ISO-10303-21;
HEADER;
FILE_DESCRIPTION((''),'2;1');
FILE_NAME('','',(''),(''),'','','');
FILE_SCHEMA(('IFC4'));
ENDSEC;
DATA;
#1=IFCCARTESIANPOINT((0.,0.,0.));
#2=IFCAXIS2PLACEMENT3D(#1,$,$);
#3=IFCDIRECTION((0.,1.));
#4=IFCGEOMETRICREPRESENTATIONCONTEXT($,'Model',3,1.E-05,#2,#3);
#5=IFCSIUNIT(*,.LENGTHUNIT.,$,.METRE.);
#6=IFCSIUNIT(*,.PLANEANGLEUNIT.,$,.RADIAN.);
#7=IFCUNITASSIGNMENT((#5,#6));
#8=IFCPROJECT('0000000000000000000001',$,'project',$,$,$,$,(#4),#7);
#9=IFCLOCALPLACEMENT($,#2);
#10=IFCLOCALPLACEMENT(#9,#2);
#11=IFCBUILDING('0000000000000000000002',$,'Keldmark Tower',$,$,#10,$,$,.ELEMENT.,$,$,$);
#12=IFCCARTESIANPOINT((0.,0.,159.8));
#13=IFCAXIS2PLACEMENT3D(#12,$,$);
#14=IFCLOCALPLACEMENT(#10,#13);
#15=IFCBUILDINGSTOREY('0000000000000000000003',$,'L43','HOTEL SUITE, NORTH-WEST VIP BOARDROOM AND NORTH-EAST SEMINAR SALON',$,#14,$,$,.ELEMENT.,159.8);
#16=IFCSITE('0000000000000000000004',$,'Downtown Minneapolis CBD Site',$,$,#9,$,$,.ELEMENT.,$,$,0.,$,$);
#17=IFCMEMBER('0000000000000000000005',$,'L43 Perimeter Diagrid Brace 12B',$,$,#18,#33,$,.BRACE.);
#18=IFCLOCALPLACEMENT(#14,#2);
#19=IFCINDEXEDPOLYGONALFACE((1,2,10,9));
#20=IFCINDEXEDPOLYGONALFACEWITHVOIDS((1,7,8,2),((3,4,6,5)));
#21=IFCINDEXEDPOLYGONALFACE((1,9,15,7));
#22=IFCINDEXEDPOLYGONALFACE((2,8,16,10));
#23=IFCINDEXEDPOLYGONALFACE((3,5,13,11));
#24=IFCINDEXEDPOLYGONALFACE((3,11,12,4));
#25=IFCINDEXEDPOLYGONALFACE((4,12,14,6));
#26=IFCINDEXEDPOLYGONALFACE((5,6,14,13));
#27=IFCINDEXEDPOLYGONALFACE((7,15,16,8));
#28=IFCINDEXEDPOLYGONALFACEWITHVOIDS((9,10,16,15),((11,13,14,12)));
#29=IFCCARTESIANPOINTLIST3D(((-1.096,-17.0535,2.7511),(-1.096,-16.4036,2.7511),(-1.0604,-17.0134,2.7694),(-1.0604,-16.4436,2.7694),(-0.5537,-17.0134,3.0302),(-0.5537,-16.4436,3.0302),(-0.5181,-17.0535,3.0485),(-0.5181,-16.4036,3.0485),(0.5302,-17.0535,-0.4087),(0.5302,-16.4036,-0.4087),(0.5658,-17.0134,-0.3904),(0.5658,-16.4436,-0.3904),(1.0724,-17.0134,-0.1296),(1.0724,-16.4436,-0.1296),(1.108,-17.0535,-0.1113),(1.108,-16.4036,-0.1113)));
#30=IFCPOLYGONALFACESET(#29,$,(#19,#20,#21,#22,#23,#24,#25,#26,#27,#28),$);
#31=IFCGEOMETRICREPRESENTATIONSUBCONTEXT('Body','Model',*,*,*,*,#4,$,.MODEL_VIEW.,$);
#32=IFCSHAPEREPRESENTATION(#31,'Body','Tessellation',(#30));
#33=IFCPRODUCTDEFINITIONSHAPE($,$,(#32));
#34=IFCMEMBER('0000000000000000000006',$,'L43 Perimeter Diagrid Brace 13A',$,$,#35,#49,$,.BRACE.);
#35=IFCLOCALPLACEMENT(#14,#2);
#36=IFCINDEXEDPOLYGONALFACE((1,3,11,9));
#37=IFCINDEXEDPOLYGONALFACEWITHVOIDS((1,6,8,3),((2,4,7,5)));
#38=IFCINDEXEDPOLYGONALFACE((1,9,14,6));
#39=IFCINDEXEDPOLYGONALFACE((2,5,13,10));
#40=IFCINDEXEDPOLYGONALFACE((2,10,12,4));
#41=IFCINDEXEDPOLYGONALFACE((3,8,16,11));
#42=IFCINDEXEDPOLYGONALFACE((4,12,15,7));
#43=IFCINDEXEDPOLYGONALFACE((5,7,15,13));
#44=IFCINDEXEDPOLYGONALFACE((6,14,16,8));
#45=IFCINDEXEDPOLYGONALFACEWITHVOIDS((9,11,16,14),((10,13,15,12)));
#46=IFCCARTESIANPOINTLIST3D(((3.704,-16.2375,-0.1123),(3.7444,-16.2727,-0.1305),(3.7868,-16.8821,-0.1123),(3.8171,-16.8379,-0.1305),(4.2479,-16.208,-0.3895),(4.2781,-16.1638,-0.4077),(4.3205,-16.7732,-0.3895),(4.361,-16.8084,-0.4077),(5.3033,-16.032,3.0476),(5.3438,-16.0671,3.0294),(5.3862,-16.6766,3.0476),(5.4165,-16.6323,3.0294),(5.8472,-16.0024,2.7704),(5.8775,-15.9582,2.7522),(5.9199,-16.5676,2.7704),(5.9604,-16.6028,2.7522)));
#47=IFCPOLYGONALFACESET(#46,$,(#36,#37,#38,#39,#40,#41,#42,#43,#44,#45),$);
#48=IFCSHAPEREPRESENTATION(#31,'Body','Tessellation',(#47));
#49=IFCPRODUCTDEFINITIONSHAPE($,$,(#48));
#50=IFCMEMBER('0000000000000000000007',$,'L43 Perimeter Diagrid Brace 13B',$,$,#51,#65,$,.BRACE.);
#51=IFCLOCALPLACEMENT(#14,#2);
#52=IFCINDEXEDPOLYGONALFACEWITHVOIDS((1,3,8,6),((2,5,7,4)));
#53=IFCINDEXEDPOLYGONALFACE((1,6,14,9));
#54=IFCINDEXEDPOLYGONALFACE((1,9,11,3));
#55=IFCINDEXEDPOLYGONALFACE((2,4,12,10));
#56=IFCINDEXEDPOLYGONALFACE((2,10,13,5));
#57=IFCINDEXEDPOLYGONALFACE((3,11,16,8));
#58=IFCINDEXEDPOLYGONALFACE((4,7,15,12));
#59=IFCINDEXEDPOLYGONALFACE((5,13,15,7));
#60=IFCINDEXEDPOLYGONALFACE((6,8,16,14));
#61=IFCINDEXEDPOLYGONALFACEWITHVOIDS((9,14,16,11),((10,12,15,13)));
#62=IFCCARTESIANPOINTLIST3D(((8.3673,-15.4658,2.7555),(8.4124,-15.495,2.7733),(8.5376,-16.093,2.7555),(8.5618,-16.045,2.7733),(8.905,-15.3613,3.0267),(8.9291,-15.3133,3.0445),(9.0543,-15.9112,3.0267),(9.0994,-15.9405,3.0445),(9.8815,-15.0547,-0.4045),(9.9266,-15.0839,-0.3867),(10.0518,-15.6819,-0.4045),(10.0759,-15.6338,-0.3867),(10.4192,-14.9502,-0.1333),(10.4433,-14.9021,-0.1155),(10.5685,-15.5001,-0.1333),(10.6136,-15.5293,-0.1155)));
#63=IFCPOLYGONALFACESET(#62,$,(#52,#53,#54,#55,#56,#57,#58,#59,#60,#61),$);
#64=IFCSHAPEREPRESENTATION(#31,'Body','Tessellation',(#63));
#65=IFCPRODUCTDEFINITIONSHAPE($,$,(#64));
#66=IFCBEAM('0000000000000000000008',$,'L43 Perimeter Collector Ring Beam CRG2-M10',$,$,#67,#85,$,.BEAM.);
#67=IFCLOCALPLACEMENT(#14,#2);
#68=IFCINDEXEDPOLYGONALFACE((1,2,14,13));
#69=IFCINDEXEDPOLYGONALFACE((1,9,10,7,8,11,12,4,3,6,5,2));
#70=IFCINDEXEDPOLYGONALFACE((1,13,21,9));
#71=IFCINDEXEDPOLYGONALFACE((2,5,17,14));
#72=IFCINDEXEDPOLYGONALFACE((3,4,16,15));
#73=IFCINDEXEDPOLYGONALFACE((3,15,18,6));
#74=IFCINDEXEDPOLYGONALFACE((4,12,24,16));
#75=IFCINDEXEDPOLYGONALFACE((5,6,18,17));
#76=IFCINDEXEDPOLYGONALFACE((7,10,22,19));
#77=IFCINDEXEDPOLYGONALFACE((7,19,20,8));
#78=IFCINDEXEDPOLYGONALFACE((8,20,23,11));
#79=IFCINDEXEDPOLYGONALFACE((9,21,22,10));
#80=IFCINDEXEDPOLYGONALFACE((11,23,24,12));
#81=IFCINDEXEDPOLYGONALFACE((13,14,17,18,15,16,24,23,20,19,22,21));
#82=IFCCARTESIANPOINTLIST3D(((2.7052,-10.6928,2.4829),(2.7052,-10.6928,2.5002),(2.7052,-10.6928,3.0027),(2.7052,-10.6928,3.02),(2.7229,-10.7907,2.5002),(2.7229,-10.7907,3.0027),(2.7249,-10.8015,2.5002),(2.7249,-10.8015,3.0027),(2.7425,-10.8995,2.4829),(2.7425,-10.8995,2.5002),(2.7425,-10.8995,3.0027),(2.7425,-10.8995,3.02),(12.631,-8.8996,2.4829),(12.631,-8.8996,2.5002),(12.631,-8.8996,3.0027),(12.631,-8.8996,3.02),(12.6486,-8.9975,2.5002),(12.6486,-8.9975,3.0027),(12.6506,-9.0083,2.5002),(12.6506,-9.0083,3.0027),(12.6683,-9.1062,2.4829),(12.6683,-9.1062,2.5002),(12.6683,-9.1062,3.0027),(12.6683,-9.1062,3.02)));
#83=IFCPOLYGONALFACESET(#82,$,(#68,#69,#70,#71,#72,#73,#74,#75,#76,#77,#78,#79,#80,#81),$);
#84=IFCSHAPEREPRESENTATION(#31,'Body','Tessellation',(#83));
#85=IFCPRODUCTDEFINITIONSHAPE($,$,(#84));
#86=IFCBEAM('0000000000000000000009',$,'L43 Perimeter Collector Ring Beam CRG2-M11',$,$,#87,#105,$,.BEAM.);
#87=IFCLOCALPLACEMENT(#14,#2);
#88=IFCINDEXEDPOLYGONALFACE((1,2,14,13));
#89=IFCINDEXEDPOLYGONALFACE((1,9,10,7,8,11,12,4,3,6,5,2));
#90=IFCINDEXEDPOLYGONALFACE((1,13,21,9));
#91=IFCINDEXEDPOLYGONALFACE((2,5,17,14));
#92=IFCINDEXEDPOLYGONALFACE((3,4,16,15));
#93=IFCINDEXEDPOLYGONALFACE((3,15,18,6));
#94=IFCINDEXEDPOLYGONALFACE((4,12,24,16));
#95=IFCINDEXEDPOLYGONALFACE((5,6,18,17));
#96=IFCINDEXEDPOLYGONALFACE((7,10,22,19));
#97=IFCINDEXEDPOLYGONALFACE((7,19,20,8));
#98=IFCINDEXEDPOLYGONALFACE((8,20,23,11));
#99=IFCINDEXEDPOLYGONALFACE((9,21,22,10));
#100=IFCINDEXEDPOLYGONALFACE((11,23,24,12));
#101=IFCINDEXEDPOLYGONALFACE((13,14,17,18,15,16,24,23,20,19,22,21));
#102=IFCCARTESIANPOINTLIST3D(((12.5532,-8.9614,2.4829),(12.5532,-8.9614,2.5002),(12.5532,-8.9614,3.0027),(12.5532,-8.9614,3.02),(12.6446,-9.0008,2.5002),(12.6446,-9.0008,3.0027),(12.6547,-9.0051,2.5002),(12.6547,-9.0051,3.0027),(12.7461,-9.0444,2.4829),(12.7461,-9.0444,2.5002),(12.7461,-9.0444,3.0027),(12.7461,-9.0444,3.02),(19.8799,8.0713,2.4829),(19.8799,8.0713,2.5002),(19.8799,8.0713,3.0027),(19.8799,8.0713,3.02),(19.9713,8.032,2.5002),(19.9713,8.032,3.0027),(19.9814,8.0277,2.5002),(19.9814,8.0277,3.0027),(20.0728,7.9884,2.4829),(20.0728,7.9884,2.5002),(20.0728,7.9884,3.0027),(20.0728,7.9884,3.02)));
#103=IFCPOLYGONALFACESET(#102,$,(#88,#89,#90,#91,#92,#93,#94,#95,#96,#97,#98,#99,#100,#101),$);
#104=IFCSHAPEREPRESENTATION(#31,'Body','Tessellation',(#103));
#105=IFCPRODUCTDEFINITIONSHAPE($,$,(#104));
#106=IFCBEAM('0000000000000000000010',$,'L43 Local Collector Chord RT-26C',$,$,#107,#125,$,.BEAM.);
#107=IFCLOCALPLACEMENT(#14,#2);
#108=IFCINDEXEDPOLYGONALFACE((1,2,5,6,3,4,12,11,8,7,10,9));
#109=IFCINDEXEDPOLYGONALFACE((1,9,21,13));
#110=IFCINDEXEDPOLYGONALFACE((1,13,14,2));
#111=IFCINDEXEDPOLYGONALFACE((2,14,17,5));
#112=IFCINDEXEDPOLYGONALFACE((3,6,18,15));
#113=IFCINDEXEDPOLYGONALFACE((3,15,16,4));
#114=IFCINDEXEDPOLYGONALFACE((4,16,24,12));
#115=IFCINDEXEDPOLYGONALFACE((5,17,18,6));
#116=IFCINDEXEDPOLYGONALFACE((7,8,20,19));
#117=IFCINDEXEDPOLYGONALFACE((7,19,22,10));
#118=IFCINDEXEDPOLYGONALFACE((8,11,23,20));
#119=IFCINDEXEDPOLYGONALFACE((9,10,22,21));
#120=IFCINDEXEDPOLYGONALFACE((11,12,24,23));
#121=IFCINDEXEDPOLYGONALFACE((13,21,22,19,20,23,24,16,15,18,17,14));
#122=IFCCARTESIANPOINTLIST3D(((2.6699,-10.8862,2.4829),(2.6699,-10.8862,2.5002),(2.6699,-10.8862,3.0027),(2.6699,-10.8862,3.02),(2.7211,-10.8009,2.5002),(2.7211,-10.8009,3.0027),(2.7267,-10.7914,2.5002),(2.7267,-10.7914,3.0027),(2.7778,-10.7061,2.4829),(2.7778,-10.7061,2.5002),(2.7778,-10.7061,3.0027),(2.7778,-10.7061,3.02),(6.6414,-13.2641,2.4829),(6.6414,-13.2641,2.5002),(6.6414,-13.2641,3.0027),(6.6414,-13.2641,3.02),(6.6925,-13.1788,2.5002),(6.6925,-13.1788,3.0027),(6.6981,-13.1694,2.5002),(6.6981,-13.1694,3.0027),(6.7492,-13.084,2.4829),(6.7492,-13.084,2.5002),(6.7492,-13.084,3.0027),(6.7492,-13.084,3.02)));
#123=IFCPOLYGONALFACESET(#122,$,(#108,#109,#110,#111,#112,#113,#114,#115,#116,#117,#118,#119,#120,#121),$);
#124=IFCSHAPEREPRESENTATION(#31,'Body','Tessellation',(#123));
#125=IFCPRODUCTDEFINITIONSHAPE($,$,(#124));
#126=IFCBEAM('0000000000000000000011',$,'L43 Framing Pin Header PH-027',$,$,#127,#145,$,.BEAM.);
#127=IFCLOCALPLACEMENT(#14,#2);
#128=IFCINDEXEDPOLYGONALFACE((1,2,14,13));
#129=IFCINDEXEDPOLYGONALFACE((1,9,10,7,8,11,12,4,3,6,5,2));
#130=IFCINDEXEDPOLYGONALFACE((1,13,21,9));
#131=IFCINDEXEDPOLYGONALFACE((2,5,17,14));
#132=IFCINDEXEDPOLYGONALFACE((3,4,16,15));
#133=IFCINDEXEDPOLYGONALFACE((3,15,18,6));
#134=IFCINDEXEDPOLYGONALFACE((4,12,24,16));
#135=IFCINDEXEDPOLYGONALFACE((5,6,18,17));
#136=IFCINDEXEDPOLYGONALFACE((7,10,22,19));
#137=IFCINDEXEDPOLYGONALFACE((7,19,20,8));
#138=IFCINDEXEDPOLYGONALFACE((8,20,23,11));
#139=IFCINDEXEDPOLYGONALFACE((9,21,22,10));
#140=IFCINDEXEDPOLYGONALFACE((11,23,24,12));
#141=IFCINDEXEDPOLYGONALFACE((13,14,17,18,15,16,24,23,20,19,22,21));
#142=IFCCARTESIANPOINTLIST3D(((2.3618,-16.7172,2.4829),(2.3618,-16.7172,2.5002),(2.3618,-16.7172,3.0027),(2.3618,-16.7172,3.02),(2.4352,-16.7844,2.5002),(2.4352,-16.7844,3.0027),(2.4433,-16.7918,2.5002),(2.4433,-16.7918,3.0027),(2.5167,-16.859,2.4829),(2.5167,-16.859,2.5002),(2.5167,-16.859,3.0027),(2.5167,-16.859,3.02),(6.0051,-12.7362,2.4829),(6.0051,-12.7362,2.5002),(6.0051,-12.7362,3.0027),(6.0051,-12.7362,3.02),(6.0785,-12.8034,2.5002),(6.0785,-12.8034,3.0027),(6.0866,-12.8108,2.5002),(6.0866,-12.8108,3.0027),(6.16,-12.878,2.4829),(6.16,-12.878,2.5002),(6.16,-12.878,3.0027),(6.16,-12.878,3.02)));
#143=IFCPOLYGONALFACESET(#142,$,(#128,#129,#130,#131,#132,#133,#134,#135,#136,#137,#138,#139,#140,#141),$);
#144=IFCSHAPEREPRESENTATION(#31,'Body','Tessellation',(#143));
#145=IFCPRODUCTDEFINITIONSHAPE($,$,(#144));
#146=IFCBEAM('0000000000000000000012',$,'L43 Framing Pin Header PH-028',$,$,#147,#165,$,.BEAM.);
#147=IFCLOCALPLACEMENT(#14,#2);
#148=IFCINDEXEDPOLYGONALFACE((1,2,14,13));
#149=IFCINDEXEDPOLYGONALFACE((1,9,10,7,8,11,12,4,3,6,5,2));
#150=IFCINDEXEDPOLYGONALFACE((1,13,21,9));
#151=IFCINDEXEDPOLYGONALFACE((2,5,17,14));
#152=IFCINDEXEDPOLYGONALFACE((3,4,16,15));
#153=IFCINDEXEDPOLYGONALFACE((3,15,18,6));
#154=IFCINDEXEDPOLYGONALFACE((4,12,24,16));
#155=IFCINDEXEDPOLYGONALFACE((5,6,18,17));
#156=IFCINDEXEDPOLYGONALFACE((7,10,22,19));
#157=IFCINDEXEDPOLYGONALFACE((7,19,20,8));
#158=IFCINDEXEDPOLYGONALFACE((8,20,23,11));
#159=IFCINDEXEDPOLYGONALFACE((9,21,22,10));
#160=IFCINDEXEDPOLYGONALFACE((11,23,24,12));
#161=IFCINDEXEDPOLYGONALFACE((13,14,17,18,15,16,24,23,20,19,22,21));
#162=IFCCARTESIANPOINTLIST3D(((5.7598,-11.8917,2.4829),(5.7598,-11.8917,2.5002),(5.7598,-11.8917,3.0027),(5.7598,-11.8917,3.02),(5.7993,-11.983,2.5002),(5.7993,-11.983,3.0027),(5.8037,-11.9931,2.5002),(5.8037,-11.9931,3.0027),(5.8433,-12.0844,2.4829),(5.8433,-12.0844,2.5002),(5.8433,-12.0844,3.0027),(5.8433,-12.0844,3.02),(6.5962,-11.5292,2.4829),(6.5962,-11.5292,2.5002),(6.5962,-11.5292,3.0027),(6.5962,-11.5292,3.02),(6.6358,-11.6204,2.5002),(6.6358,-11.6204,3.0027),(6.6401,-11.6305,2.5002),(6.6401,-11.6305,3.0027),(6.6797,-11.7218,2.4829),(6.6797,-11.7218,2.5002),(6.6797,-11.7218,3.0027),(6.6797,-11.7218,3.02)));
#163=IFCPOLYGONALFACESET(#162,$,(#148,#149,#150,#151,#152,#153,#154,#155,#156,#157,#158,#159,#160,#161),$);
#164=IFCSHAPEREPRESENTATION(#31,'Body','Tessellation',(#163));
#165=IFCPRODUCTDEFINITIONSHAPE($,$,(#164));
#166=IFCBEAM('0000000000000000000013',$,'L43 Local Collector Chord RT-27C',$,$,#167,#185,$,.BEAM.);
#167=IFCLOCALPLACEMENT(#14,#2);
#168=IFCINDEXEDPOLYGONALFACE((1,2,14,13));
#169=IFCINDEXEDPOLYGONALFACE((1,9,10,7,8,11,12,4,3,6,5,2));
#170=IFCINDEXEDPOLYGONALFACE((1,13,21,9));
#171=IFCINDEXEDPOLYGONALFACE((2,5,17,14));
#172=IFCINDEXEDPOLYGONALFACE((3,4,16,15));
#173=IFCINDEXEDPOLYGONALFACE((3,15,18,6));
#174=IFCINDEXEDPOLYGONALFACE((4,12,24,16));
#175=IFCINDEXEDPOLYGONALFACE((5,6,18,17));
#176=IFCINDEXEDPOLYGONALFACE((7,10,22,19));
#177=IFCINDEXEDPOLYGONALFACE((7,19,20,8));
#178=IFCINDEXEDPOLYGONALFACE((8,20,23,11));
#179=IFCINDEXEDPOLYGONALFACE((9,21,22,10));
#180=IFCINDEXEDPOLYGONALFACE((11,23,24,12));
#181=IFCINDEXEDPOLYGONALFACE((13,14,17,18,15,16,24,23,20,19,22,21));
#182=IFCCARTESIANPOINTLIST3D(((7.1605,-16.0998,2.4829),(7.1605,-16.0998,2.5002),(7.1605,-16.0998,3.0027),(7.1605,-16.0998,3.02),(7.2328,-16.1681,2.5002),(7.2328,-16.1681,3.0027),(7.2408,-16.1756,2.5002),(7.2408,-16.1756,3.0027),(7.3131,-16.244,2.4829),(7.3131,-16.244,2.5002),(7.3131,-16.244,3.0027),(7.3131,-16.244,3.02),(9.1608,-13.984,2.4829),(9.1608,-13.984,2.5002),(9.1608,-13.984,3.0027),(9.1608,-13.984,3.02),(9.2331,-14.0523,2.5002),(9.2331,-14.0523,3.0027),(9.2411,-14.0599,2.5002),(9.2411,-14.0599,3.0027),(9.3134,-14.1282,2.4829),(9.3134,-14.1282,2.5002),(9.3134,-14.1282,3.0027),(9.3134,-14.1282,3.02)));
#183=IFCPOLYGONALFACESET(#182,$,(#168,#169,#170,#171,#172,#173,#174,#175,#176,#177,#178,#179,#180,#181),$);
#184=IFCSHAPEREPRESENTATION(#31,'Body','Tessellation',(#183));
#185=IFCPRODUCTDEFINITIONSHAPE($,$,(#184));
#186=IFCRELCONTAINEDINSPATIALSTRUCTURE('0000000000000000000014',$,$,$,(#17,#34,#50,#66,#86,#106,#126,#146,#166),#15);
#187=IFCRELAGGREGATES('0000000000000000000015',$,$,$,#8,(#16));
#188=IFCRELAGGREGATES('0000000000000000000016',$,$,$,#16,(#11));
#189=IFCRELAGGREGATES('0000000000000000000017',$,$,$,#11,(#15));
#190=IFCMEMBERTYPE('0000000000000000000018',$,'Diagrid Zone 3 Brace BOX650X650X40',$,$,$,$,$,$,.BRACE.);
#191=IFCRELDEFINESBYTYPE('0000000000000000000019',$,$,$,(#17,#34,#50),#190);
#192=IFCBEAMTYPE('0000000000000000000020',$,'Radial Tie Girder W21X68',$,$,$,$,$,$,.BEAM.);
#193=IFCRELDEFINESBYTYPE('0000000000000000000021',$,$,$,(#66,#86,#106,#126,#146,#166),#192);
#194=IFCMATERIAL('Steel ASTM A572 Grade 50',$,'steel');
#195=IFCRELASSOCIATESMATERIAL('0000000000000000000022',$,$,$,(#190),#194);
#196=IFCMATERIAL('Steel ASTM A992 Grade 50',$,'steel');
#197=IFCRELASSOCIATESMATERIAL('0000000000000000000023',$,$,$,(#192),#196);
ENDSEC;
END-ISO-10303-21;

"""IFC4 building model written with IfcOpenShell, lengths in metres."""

from ifc_helpers import new_model, si_unit, direction, frame, origin, origin_2d, place, context, subcontext, project, spatial, hollow_rectangle, i_section, extrude, material, material_profile, profile_set, type_object, element, save


model = new_model("IFC4")

# Units and contexts
model_context = context("Model", 3, precision=1e-05, world=origin(), true_north=direction((0.0, 1.0)))
body_context = subcontext(model_context, "Body", "Model", "MODEL_VIEW")
ifc_project = project(units=[si_unit("LENGTHUNIT", "METRE"), si_unit("PLANEANGLEUNIT", "RADIAN")], contexts=[model_context])

# Site, building, storey
site_placement = place(None, origin())
site = spatial("IfcSite", under=ifc_project, at=site_placement, Name="Downtown Minneapolis CBD Site", CompositionType="ELEMENT", RefElevation=0.0)
building_placement = place(site_placement, origin())
building = spatial("IfcBuilding", under=site, at=building_placement, Name="Keldmark Tower", CompositionType="ELEMENT")
storey_placement = place(building_placement, frame((0.0, 0.0, 159.8)))
storey = spatial("IfcBuildingStorey", under=building, at=storey_placement, Name="L43", Description="HOTEL SUITE, NORTH-WEST VIP BOARDROOM AND NORTH-EAST SEMINAR SALON", CompositionType="ELEMENT", Elevation=159.8)

# Members
ifc_material_1 = material(Name="Steel ASTM A572 Grade 50", Category="steel")
ifc_material_profile_1 = material_profile(ifc_material_1, hollow_rectangle(XDim=0.6499, YDim=0.6499, WallThickness=0.04, at=origin_2d()), Name="BOX650X650X40")
ifc_profile_set_1 = profile_set([ifc_material_profile_1], Name="Steel ASTM A572 Grade 50")
member_type = type_object("IfcMemberType", Name="Diagrid Zone 3 Brace BOX650X650X40", PredefinedType="BRACE", material=ifc_profile_set_1)
member_1_placement = place(storey_placement, frame((0.8191, -16.7285, -0.26), z_axis=(-0.457598, 0.0, 0.889159), x_axis=(0.0, -1.0, 0.0)))
element("IfcMember", 1, at=member_1_placement, inside=storey, type_object=member_type, Name="L43 Perimeter Diagrid Brace 12B", PredefinedType="BRACE", context=body_context, shape_type="SweptSolid", body=[
    extrude(hollow_rectangle(XDim=0.6499, YDim=0.6499, WallThickness=0.04, at=origin_2d()), origin(), (0.0, 0.0, 1.0), 3.5537),
])
member_2_placement = place(storey_placement, frame((4.0325, -16.5229, -0.26), z_axis=(0.450834, 0.057946, 0.890725), x_axis=(-0.127481, 0.991841, 0.0)))
element("IfcMember", 2, at=member_2_placement, inside=storey, type_object=member_type, Name="L43 Perimeter Diagrid Brace 13A", PredefinedType="BRACE", context=body_context, shape_type="SweptSolid", body=[
    extrude(hollow_rectangle(XDim=0.6499, YDim=0.6499, WallThickness=0.04, at=origin_2d()), origin(), (0.0, 0.0, 1.0), 3.5476),
])
member_3_placement = place(storey_placement, frame((10.2476, -15.292, -0.26), z_axis=(-0.429184, -0.116534, 0.895668), x_axis=(0.262038, -0.965058, 0.0)))
element("IfcMember", 3, at=member_3_placement, inside=storey, type_object=member_type, Name="L43 Perimeter Diagrid Brace 13B", PredefinedType="BRACE", context=body_context, shape_type="SweptSolid", body=[
    extrude(hollow_rectangle(XDim=0.6499, YDim=0.6499, WallThickness=0.04, at=origin_2d()), origin(), (0.0, 0.0, 1.0), 3.5281),
])

# Beams
ifc_material_2 = material(Name="Steel ASTM A992 Grade 50", Category="steel")
ifc_material_profile_2 = material_profile(ifc_material_2, i_section(OverallWidth=0.21, OverallDepth=0.5371, WebThickness=0.011, FlangeThickness=0.0173, at=origin_2d()), Name="W21X68")
ifc_profile_set_2 = profile_set([ifc_material_profile_2], Name="Steel ASTM A992 Grade 50")
beam_type_1 = type_object("IfcBeamType", Name="Radial Tie Girder W21X68", PredefinedType="BEAM", material=ifc_profile_set_2)
beam_1_placement = place(storey_placement, frame((2.7239, -10.7961, 2.7515), z_axis=(0.98407, 0.177784, 0.0), x_axis=(-0.177784, 0.98407, 0.0)))
element("IfcBeam", 4, at=beam_1_placement, inside=storey, type_object=beam_type_1, Name="L43 Perimeter Collector Ring Beam CRG2-M10", PredefinedType="BEAM", context=body_context, shape_type="SweptSolid", body=[
    extrude(i_section(OverallWidth=0.21, OverallDepth=0.5371, WebThickness=0.011, FlangeThickness=0.0173, at=origin_2d()), origin(), (0.0, 0.0, 1.0), 10.0864),
])
beam_2_placement = place(storey_placement, frame((12.6497, -9.0029, 2.7515), z_axis=(0.395146, 0.918618, 0.0), x_axis=(-0.918618, 0.395146, 0.0)))
element("IfcBeam", 5, at=beam_2_placement, inside=storey, type_object=beam_type_1, Name="L43 Perimeter Collector Ring Beam CRG2-M11", PredefinedType="BEAM", context=body_context, shape_type="SweptSolid", body=[
    extrude(i_section(OverallWidth=0.21, OverallDepth=0.5371, WebThickness=0.011, FlangeThickness=0.0173, at=origin_2d()), origin(), (0.0, 0.0, 1.0), 18.5417),
])
beam_3_placement = place(storey_placement, frame((2.7239, -10.7961, 2.7515), z_axis=(0.857963, -0.513712, 0.0), x_axis=(0.513712, 0.857963, 0.0)))
element("IfcBeam", 6, at=beam_3_placement, inside=storey, type_object=beam_type_1, Name="L43 Local Collector Chord RT-26C", PredefinedType="BEAM", context=body_context, shape_type="SweptSolid", body=[
    extrude(i_section(OverallWidth=0.21, OverallDepth=0.5371, WebThickness=0.011, FlangeThickness=0.0173, at=origin_2d()), origin(), (0.0, 0.0, 1.0), 4.6289),
])
beam_4_placement = place(storey_placement, frame((2.4392, -16.7881, 2.7515), z_axis=(0.67513, 0.737698, 0.0), x_axis=(-0.737698, 0.67513, 0.0)))
element("IfcBeam", 7, at=beam_4_placement, inside=storey, type_object=beam_type_1, Name="L43 Framing Pin Header PH-027", PredefinedType="BEAM", context=body_context, shape_type="SweptSolid", body=[
    extrude(i_section(OverallWidth=0.21, OverallDepth=0.5371, WebThickness=0.011, FlangeThickness=0.0173, at=origin_2d()), origin(), (0.0, 0.0, 1.0), 5.3965),
])
beam_5_placement = place(storey_placement, frame((5.8015, -11.988, 2.7515), z_axis=(0.917517, 0.397698, 0.0), x_axis=(-0.397698, 0.917517, 0.0)))
element("IfcBeam", 8, at=beam_5_placement, inside=storey, type_object=beam_type_1, Name="L43 Framing Pin Header PH-028", PredefinedType="BEAM", context=body_context, shape_type="SweptSolid", body=[
    extrude(i_section(OverallWidth=0.21, OverallDepth=0.5371, WebThickness=0.011, FlangeThickness=0.0173, at=origin_2d()), origin(), (0.0, 0.0, 1.0), 0.9116),
])
beam_6_placement = place(storey_placement, frame((7.2368, -16.1719, 2.7515), z_axis=(0.686998, 0.72666, 0.0), x_axis=(-0.72666, 0.686998, 0.0)))
element("IfcBeam", 9, at=beam_6_placement, inside=storey, type_object=beam_type_1, Name="L43 Local Collector Chord RT-27C", PredefinedType="BEAM", context=body_context, shape_type="SweptSolid", body=[
    extrude(i_section(OverallWidth=0.21, OverallDepth=0.5371, WebThickness=0.011, FlangeThickness=0.0173, at=origin_2d()), origin(), (0.0, 0.0, 1.0), 2.9116),
])

save(model, "model.ifc")
